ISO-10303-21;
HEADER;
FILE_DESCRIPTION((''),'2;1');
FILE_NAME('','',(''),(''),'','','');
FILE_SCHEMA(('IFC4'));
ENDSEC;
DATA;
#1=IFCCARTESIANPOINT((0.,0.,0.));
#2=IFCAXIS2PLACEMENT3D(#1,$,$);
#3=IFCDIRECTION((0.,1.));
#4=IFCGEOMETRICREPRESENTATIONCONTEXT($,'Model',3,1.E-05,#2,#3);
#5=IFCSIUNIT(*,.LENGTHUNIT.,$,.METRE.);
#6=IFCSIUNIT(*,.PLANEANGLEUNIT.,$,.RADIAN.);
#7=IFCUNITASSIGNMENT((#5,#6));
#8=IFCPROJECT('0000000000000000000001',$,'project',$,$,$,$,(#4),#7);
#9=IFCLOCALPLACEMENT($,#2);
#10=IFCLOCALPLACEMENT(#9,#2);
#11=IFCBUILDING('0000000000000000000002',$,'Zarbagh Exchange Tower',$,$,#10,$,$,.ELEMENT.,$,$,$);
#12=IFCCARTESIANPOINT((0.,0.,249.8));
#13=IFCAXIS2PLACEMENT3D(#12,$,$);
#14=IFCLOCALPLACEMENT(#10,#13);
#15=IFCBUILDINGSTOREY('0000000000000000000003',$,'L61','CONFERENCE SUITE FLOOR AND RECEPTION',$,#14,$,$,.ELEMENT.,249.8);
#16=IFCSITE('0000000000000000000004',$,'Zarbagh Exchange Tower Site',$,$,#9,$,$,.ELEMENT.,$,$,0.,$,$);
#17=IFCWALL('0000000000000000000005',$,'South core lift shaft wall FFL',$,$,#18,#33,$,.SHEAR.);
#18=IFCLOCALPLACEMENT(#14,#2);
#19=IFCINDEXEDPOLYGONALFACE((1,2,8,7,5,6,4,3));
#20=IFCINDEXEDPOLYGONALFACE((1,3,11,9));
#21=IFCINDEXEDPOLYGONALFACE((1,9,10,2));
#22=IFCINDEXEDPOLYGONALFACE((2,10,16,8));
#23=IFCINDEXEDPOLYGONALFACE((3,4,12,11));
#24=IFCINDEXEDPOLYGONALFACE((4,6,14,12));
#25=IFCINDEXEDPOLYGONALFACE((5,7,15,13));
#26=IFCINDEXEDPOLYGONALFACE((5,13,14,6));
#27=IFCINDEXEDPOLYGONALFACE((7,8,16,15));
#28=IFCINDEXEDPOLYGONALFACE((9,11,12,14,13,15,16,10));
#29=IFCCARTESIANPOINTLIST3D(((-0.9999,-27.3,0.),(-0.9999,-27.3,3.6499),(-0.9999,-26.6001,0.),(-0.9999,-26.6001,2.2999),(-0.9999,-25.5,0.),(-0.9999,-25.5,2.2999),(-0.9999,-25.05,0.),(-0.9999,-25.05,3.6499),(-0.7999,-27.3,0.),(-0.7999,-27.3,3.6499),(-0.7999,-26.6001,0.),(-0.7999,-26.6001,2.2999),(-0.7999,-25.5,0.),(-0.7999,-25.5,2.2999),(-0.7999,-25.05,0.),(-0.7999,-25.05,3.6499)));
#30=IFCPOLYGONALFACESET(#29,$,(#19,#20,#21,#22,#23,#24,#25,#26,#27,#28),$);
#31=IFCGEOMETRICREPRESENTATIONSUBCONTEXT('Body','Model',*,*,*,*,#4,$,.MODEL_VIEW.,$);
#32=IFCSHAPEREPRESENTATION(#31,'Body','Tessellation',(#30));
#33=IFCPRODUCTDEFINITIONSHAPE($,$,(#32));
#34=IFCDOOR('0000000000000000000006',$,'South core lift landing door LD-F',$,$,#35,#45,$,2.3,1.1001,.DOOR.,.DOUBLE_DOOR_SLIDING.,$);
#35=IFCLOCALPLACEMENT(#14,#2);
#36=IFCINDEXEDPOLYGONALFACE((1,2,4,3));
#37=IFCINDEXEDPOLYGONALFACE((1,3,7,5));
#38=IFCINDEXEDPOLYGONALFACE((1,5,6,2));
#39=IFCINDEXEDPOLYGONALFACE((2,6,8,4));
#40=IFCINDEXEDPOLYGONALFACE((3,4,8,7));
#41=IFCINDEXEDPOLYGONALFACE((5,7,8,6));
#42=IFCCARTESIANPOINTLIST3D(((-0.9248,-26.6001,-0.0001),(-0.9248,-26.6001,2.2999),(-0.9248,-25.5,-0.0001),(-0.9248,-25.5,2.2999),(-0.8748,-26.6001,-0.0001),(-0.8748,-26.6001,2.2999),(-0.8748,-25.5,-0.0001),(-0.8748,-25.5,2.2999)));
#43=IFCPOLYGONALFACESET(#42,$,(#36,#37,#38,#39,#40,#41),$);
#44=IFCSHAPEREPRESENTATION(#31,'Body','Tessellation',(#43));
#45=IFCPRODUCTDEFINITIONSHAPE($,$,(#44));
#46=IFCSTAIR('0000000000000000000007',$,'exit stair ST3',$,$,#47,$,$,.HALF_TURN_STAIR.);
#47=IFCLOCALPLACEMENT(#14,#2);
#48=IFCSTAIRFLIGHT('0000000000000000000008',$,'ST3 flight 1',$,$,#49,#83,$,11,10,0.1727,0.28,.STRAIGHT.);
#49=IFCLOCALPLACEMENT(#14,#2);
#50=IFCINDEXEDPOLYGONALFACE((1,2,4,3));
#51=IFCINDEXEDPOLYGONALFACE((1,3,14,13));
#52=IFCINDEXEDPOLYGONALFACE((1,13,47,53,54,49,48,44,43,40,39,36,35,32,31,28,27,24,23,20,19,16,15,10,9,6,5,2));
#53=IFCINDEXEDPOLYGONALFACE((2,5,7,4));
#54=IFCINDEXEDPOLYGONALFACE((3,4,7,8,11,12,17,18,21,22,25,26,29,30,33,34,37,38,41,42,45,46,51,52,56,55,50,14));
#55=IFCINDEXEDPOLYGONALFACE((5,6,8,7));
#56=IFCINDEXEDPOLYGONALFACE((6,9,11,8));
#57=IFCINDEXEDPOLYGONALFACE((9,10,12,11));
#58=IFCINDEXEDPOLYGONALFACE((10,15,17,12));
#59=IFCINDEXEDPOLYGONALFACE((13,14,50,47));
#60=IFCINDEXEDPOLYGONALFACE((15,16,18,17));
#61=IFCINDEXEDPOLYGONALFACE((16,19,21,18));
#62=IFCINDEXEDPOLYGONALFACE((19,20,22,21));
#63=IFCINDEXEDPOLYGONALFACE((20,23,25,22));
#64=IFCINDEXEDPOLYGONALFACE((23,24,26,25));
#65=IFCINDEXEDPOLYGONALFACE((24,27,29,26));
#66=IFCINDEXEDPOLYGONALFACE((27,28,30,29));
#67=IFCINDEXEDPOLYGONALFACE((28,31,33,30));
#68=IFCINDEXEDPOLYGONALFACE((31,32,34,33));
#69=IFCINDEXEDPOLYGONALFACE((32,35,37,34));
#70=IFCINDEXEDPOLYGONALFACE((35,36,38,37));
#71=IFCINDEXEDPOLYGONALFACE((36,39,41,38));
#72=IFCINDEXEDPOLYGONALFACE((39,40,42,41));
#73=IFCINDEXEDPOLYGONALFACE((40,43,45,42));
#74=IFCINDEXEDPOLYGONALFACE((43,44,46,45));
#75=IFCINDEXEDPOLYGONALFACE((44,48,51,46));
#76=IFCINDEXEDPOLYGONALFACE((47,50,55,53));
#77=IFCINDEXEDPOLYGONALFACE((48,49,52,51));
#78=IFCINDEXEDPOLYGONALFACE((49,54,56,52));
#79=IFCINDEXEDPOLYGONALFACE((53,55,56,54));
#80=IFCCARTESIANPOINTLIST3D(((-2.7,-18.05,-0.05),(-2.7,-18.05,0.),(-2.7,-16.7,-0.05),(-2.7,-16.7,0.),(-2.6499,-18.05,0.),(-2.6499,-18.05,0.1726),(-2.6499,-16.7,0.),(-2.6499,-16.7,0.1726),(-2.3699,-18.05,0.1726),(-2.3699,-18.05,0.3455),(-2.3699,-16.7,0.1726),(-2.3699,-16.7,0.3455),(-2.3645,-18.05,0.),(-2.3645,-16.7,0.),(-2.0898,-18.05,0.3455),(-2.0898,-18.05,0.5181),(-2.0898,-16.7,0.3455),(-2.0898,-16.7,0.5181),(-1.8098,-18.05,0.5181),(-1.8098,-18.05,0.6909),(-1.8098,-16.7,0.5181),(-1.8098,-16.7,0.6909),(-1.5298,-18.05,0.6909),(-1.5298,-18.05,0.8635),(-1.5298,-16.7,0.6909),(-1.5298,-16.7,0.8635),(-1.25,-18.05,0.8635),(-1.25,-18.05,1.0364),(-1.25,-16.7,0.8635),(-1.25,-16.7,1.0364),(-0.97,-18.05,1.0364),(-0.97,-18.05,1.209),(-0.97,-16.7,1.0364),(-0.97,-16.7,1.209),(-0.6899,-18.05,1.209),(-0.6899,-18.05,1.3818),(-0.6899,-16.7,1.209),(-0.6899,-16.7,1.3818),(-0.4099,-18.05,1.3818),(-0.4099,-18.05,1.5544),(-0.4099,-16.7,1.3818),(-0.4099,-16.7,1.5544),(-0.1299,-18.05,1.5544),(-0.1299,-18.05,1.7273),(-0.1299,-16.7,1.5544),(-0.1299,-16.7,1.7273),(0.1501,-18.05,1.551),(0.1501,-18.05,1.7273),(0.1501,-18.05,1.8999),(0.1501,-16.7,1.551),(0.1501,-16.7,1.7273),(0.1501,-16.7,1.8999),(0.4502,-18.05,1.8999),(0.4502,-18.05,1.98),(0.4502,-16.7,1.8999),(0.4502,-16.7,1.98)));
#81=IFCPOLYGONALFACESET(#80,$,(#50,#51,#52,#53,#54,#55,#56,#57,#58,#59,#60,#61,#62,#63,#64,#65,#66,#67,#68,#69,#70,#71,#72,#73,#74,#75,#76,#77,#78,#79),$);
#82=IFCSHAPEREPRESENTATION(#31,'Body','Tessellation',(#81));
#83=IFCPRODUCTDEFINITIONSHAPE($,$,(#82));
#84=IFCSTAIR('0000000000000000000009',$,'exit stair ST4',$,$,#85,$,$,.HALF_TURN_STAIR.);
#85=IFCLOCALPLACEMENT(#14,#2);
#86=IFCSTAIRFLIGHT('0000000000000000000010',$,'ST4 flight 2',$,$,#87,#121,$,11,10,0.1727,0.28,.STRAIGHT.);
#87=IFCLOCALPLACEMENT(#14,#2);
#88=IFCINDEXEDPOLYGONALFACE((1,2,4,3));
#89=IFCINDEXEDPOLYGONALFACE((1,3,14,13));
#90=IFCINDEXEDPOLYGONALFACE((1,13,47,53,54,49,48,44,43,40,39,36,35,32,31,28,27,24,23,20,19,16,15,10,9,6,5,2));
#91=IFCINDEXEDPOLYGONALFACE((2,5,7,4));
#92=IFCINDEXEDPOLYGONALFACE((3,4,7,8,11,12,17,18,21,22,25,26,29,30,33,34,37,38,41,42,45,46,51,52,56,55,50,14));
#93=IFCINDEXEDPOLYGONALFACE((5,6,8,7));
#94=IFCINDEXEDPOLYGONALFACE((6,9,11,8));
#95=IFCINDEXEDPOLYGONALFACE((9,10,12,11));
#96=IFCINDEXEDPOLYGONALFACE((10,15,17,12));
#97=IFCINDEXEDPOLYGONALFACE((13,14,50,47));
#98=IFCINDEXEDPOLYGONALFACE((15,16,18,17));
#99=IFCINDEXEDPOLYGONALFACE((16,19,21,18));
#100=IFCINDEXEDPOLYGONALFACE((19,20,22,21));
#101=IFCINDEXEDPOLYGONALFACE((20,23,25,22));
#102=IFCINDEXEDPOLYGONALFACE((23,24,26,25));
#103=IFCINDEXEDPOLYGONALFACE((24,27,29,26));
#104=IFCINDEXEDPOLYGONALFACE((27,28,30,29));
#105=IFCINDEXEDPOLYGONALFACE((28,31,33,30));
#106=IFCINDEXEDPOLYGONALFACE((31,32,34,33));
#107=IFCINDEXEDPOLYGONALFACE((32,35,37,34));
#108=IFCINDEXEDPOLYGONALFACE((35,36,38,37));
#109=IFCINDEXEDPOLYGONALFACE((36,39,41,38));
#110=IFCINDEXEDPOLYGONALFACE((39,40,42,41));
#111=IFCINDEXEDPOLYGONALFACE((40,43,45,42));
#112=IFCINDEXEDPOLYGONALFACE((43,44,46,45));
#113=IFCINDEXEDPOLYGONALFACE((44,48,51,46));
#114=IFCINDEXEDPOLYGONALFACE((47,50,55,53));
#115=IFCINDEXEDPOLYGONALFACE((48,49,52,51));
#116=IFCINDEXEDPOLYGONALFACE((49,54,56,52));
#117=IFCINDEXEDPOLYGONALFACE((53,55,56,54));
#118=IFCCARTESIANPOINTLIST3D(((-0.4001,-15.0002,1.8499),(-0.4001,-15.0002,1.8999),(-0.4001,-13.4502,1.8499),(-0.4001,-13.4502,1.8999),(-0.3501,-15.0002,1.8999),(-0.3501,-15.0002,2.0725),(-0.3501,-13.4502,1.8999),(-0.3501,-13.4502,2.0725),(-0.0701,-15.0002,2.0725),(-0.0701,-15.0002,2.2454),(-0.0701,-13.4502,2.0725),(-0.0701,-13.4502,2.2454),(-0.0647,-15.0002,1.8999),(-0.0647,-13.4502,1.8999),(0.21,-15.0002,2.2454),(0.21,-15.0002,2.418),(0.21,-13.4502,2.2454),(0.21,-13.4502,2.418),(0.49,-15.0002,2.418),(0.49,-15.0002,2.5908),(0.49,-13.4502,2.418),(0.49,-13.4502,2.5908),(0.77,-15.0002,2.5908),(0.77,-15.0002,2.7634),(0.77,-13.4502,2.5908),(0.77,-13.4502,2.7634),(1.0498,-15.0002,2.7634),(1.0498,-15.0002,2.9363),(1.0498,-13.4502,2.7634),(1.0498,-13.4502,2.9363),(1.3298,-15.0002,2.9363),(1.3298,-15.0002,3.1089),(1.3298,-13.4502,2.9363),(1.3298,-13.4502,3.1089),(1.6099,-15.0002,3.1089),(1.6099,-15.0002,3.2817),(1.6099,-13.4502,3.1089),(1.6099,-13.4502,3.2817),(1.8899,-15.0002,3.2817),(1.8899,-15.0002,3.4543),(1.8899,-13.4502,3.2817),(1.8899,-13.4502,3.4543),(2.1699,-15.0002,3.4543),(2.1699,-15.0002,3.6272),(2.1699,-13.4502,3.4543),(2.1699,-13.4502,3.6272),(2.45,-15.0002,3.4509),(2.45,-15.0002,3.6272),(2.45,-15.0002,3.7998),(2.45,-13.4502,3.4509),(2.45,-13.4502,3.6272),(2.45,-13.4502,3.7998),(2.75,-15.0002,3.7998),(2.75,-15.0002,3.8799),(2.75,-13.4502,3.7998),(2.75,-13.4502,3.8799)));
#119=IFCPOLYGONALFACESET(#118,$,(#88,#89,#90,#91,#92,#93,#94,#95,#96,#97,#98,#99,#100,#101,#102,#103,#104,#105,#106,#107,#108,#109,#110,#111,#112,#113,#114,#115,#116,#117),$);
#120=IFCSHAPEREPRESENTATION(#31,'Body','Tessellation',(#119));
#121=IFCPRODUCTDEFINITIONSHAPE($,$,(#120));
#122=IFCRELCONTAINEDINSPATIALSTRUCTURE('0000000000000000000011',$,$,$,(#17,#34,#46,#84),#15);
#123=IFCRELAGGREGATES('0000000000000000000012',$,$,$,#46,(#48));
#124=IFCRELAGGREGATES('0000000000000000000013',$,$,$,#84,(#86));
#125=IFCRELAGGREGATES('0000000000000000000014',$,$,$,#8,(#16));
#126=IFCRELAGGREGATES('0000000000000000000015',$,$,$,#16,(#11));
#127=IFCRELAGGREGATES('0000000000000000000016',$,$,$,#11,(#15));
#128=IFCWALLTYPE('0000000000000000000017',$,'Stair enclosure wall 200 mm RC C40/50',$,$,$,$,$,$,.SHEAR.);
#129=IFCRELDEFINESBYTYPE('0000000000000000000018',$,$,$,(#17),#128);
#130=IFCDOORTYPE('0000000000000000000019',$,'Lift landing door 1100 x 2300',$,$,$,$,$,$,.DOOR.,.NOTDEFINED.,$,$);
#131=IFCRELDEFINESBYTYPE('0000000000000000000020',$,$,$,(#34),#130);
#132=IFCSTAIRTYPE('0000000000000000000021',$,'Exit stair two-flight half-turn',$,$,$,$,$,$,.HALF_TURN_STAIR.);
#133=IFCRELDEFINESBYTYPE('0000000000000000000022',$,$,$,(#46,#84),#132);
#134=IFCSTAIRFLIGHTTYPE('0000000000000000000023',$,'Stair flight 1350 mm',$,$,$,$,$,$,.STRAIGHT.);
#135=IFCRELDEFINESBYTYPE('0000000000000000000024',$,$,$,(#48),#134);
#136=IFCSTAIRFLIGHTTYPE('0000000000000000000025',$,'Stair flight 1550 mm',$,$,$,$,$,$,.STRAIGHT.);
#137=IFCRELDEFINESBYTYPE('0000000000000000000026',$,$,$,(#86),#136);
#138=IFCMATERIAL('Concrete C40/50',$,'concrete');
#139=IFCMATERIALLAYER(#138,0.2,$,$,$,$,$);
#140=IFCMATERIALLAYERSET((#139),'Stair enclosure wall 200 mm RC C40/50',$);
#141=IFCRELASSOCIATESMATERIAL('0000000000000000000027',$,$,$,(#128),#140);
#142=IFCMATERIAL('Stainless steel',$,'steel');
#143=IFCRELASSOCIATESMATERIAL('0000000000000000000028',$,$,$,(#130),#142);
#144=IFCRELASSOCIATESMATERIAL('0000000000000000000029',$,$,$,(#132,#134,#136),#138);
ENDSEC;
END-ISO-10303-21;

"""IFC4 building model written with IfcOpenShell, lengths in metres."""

from ifc_helpers import new_model, si_unit, direction, frame, frame_2d, origin, place, context, subcontext, project, spatial, polyline, rectangle, outline, extrude, material, layer, layer_set, type_object, element, fill, aggregate, save


model = new_model("IFC4")

# Units and contexts
model_context = context("Model", 3, precision=1e-05, world=origin(), true_north=direction((0.0, 1.0)))
body_context = subcontext(model_context, "Body", "Model", "MODEL_VIEW")
ifc_project = project(units=[si_unit("LENGTHUNIT", "METRE"), si_unit("PLANEANGLEUNIT", "RADIAN")], contexts=[model_context])

# Site, building, storey
site_placement = place(None, origin())
site = spatial("IfcSite", under=ifc_project, at=site_placement, Name="Zarbagh Exchange Tower Site", CompositionType="ELEMENT", RefElevation=0.0)
building_placement = place(site_placement, origin())
building = spatial("IfcBuilding", under=site, at=building_placement, Name="Zarbagh Exchange Tower", CompositionType="ELEMENT")
storey_placement = place(building_placement, frame((0.0, 0.0, 249.8)))
storey = spatial("IfcBuildingStorey", under=building, at=storey_placement, Name="L61", Description="CONFERENCE SUITE FLOOR AND RECEPTION", CompositionType="ELEMENT", Elevation=249.8)

# Shared definitions
ifc_material_1 = material(Name="Concrete C40/50", Category="concrete")

# Wall, opening, door
ifc_layer_1 = layer(ifc_material_1, 0.2)
ifc_layer_set_1 = layer_set([ifc_layer_1], Name="Stair enclosure wall 200 mm RC C40/50")
wall_type_1 = type_object("IfcWallType", Name="Stair enclosure wall 200 mm RC C40/50", PredefinedType="SHEAR", material=ifc_layer_set_1)
wall_1_placement = place(storey_placement, frame((-0.8999, -27.3, 0.0), z_axis=(0.0, 0.0, 1.0), x_axis=(0.0, 1.0, 0.0)))
wall_1 = element("IfcWall", 1, at=wall_1_placement, inside=storey, type_object=wall_type_1, Name="South core lift shaft wall FFL", PredefinedType="SHEAR", context=body_context, shape_type="SweptSolid", body=[
    extrude(rectangle(XDim=2.25, YDim=0.2, at=frame_2d((1.125, 0.0))), origin(), (0.0, 0.0, 1.0), 3.6499),
])
opening_1_placement = place(wall_1_placement, frame((0.7, 0.0, 0.0)))
opening_1 = element("IfcOpeningElement", 2, at=opening_1_placement, cuts=wall_1, PredefinedType="OPENING", context=body_context, shape_type="SweptSolid", body=[
    extrude(rectangle(XDim=1.1001, YDim=2.3, at=frame_2d((0.55, 1.1499))), frame((0.0, 0.1099, 0.0), z_axis=(0.0, -1.0, 0.0), x_axis=(1.0, 0.0, 0.0)), (0.0, 0.0, 1.0), 0.22),
])
ifc_material_2 = material(Name="Stainless steel", Category="steel")
door_type_1 = type_object("IfcDoorType", Name="Lift landing door 1100 x 2300", OperationType="NOTDEFINED", PredefinedType="DOOR", material=ifc_material_2)
door_1_placement = place(opening_1_placement, origin())
door_1 = element("IfcDoor", 3, at=door_1_placement, inside=storey, type_object=door_type_1, Name="South core lift landing door LD-F", OperationType="DOUBLE_DOOR_SLIDING", OverallHeight=2.3, OverallWidth=1.1001, PredefinedType="DOOR", context=body_context, shape_type="SweptSolid", body=[
    extrude(rectangle(XDim=1.1001, YDim=2.3, at=frame_2d((0.55, 1.1499))), frame((0.0, 0.0249, 0.0), z_axis=(0.0, -1.0, 0.0), x_axis=(1.0, 0.0, 0.0)), (0.0, 0.0, 1.0), 0.05),
])
fill(opening_1, door_1)

# Stairs, stair flights
stair_type = type_object("IfcStairType", Name="Exit stair two-flight half-turn", PredefinedType="HALF_TURN_STAIR", material=ifc_material_1)
stair_1_placement = place(storey_placement, origin())
stair_1 = element("IfcStair", 4, at=stair_1_placement, inside=storey, type_object=stair_type, Name="exit stair ST3", PredefinedType="HALF_TURN_STAIR")
stair_flight_type_1 = type_object("IfcStairFlightType", Name="Stair flight 1350 mm", PredefinedType="STRAIGHT", material=ifc_material_1)
stair_flight_1_placement = place(storey_placement, frame((-2.6499, -17.375, 0.0), z_axis=(0.0, 0.0, 1.0), x_axis=(1.0, 0.0, 0.0)))
stair_flight_1 = element("IfcStairFlight", 5, at=stair_flight_1_placement, type_object=stair_flight_type_1, Name="ST3 flight 1", NumberOfRisers=11, NumberOfTreads=10, PredefinedType="STRAIGHT", RiserHeight=0.1727, TreadLength=0.28, context=body_context, shape_type="SweptSolid", body=[
    extrude(outline(polyline([(-0.05, -0.05), (-0.05, 0.0), (0.0, 0.0), (0.0, 0.1726), (0.28, 0.1726), (0.28, 0.3455), (0.5601, 0.3455), (0.5601, 0.5181), (0.8401, 0.5181), (0.8401, 0.6909), (1.1201, 0.6909), (1.1201, 0.8635), (1.3999, 0.8635), (1.3999, 1.0364), (1.6799, 1.0364), (1.6799, 1.209), (1.96, 1.209), (1.96, 1.3818), (2.24, 1.3818), (2.24, 1.5544), (2.52, 1.5544), (2.52, 1.7273), (2.8, 1.7273), (2.8, 1.8999), (3.1001, 1.98), (3.1001, 1.8999), (2.8, 1.551), (0.2854, 0.0), (-0.05, -0.05)])), frame((0.0, 0.675, 0.0), z_axis=(0.0, -1.0, 0.0), x_axis=(1.0, 0.0, 0.0)), (0.0, 0.0, 1.0), 1.3501),
])
aggregate(stair_1, [stair_flight_1])
stair_2_placement = place(storey_placement, origin())
stair_2 = element("IfcStair", 6, at=stair_2_placement, inside=storey, type_object=stair_type, Name="exit stair ST4", PredefinedType="HALF_TURN_STAIR")
stair_flight_type_2 = type_object("IfcStairFlightType", Name="Stair flight 1550 mm", PredefinedType="STRAIGHT", material=ifc_material_1)
stair_flight_2_placement = place(storey_placement, frame((-0.3501, -14.2251, 1.8999), z_axis=(0.0, 0.0, 1.0), x_axis=(1.0, 0.0, 0.0)))
stair_flight_2 = element("IfcStairFlight", 7, at=stair_flight_2_placement, type_object=stair_flight_type_2, Name="ST4 flight 2", NumberOfRisers=11, NumberOfTreads=10, PredefinedType="STRAIGHT", RiserHeight=0.1727, TreadLength=0.28, context=body_context, shape_type="SweptSolid", body=[
    extrude(outline(polyline([(-0.05, -0.05), (-0.05, 0.0), (0.0, 0.0), (0.0, 0.1726), (0.28, 0.1726), (0.28, 0.3455), (0.5601, 0.3455), (0.5601, 0.5181), (0.8401, 0.5181), (0.8401, 0.6909), (1.1201, 0.6909), (1.1201, 0.8635), (1.3999, 0.8635), (1.3999, 1.0364), (1.6799, 1.0364), (1.6799, 1.209), (1.96, 1.209), (1.96, 1.3818), (2.24, 1.3818), (2.24, 1.5544), (2.52, 1.5544), (2.52, 1.7273), (2.8, 1.7273), (2.8, 1.8999), (3.1001, 1.98), (3.1001, 1.8999), (2.8, 1.551), (0.2854, 0.0), (-0.05, -0.05)])), frame((0.0, 0.7749, 0.0), z_axis=(0.0, -1.0, 0.0), x_axis=(1.0, 0.0, 0.0)), (0.0, 0.0, 1.0), 1.55),
])
aggregate(stair_2, [stair_flight_2])

save(model, "model.ifc")
